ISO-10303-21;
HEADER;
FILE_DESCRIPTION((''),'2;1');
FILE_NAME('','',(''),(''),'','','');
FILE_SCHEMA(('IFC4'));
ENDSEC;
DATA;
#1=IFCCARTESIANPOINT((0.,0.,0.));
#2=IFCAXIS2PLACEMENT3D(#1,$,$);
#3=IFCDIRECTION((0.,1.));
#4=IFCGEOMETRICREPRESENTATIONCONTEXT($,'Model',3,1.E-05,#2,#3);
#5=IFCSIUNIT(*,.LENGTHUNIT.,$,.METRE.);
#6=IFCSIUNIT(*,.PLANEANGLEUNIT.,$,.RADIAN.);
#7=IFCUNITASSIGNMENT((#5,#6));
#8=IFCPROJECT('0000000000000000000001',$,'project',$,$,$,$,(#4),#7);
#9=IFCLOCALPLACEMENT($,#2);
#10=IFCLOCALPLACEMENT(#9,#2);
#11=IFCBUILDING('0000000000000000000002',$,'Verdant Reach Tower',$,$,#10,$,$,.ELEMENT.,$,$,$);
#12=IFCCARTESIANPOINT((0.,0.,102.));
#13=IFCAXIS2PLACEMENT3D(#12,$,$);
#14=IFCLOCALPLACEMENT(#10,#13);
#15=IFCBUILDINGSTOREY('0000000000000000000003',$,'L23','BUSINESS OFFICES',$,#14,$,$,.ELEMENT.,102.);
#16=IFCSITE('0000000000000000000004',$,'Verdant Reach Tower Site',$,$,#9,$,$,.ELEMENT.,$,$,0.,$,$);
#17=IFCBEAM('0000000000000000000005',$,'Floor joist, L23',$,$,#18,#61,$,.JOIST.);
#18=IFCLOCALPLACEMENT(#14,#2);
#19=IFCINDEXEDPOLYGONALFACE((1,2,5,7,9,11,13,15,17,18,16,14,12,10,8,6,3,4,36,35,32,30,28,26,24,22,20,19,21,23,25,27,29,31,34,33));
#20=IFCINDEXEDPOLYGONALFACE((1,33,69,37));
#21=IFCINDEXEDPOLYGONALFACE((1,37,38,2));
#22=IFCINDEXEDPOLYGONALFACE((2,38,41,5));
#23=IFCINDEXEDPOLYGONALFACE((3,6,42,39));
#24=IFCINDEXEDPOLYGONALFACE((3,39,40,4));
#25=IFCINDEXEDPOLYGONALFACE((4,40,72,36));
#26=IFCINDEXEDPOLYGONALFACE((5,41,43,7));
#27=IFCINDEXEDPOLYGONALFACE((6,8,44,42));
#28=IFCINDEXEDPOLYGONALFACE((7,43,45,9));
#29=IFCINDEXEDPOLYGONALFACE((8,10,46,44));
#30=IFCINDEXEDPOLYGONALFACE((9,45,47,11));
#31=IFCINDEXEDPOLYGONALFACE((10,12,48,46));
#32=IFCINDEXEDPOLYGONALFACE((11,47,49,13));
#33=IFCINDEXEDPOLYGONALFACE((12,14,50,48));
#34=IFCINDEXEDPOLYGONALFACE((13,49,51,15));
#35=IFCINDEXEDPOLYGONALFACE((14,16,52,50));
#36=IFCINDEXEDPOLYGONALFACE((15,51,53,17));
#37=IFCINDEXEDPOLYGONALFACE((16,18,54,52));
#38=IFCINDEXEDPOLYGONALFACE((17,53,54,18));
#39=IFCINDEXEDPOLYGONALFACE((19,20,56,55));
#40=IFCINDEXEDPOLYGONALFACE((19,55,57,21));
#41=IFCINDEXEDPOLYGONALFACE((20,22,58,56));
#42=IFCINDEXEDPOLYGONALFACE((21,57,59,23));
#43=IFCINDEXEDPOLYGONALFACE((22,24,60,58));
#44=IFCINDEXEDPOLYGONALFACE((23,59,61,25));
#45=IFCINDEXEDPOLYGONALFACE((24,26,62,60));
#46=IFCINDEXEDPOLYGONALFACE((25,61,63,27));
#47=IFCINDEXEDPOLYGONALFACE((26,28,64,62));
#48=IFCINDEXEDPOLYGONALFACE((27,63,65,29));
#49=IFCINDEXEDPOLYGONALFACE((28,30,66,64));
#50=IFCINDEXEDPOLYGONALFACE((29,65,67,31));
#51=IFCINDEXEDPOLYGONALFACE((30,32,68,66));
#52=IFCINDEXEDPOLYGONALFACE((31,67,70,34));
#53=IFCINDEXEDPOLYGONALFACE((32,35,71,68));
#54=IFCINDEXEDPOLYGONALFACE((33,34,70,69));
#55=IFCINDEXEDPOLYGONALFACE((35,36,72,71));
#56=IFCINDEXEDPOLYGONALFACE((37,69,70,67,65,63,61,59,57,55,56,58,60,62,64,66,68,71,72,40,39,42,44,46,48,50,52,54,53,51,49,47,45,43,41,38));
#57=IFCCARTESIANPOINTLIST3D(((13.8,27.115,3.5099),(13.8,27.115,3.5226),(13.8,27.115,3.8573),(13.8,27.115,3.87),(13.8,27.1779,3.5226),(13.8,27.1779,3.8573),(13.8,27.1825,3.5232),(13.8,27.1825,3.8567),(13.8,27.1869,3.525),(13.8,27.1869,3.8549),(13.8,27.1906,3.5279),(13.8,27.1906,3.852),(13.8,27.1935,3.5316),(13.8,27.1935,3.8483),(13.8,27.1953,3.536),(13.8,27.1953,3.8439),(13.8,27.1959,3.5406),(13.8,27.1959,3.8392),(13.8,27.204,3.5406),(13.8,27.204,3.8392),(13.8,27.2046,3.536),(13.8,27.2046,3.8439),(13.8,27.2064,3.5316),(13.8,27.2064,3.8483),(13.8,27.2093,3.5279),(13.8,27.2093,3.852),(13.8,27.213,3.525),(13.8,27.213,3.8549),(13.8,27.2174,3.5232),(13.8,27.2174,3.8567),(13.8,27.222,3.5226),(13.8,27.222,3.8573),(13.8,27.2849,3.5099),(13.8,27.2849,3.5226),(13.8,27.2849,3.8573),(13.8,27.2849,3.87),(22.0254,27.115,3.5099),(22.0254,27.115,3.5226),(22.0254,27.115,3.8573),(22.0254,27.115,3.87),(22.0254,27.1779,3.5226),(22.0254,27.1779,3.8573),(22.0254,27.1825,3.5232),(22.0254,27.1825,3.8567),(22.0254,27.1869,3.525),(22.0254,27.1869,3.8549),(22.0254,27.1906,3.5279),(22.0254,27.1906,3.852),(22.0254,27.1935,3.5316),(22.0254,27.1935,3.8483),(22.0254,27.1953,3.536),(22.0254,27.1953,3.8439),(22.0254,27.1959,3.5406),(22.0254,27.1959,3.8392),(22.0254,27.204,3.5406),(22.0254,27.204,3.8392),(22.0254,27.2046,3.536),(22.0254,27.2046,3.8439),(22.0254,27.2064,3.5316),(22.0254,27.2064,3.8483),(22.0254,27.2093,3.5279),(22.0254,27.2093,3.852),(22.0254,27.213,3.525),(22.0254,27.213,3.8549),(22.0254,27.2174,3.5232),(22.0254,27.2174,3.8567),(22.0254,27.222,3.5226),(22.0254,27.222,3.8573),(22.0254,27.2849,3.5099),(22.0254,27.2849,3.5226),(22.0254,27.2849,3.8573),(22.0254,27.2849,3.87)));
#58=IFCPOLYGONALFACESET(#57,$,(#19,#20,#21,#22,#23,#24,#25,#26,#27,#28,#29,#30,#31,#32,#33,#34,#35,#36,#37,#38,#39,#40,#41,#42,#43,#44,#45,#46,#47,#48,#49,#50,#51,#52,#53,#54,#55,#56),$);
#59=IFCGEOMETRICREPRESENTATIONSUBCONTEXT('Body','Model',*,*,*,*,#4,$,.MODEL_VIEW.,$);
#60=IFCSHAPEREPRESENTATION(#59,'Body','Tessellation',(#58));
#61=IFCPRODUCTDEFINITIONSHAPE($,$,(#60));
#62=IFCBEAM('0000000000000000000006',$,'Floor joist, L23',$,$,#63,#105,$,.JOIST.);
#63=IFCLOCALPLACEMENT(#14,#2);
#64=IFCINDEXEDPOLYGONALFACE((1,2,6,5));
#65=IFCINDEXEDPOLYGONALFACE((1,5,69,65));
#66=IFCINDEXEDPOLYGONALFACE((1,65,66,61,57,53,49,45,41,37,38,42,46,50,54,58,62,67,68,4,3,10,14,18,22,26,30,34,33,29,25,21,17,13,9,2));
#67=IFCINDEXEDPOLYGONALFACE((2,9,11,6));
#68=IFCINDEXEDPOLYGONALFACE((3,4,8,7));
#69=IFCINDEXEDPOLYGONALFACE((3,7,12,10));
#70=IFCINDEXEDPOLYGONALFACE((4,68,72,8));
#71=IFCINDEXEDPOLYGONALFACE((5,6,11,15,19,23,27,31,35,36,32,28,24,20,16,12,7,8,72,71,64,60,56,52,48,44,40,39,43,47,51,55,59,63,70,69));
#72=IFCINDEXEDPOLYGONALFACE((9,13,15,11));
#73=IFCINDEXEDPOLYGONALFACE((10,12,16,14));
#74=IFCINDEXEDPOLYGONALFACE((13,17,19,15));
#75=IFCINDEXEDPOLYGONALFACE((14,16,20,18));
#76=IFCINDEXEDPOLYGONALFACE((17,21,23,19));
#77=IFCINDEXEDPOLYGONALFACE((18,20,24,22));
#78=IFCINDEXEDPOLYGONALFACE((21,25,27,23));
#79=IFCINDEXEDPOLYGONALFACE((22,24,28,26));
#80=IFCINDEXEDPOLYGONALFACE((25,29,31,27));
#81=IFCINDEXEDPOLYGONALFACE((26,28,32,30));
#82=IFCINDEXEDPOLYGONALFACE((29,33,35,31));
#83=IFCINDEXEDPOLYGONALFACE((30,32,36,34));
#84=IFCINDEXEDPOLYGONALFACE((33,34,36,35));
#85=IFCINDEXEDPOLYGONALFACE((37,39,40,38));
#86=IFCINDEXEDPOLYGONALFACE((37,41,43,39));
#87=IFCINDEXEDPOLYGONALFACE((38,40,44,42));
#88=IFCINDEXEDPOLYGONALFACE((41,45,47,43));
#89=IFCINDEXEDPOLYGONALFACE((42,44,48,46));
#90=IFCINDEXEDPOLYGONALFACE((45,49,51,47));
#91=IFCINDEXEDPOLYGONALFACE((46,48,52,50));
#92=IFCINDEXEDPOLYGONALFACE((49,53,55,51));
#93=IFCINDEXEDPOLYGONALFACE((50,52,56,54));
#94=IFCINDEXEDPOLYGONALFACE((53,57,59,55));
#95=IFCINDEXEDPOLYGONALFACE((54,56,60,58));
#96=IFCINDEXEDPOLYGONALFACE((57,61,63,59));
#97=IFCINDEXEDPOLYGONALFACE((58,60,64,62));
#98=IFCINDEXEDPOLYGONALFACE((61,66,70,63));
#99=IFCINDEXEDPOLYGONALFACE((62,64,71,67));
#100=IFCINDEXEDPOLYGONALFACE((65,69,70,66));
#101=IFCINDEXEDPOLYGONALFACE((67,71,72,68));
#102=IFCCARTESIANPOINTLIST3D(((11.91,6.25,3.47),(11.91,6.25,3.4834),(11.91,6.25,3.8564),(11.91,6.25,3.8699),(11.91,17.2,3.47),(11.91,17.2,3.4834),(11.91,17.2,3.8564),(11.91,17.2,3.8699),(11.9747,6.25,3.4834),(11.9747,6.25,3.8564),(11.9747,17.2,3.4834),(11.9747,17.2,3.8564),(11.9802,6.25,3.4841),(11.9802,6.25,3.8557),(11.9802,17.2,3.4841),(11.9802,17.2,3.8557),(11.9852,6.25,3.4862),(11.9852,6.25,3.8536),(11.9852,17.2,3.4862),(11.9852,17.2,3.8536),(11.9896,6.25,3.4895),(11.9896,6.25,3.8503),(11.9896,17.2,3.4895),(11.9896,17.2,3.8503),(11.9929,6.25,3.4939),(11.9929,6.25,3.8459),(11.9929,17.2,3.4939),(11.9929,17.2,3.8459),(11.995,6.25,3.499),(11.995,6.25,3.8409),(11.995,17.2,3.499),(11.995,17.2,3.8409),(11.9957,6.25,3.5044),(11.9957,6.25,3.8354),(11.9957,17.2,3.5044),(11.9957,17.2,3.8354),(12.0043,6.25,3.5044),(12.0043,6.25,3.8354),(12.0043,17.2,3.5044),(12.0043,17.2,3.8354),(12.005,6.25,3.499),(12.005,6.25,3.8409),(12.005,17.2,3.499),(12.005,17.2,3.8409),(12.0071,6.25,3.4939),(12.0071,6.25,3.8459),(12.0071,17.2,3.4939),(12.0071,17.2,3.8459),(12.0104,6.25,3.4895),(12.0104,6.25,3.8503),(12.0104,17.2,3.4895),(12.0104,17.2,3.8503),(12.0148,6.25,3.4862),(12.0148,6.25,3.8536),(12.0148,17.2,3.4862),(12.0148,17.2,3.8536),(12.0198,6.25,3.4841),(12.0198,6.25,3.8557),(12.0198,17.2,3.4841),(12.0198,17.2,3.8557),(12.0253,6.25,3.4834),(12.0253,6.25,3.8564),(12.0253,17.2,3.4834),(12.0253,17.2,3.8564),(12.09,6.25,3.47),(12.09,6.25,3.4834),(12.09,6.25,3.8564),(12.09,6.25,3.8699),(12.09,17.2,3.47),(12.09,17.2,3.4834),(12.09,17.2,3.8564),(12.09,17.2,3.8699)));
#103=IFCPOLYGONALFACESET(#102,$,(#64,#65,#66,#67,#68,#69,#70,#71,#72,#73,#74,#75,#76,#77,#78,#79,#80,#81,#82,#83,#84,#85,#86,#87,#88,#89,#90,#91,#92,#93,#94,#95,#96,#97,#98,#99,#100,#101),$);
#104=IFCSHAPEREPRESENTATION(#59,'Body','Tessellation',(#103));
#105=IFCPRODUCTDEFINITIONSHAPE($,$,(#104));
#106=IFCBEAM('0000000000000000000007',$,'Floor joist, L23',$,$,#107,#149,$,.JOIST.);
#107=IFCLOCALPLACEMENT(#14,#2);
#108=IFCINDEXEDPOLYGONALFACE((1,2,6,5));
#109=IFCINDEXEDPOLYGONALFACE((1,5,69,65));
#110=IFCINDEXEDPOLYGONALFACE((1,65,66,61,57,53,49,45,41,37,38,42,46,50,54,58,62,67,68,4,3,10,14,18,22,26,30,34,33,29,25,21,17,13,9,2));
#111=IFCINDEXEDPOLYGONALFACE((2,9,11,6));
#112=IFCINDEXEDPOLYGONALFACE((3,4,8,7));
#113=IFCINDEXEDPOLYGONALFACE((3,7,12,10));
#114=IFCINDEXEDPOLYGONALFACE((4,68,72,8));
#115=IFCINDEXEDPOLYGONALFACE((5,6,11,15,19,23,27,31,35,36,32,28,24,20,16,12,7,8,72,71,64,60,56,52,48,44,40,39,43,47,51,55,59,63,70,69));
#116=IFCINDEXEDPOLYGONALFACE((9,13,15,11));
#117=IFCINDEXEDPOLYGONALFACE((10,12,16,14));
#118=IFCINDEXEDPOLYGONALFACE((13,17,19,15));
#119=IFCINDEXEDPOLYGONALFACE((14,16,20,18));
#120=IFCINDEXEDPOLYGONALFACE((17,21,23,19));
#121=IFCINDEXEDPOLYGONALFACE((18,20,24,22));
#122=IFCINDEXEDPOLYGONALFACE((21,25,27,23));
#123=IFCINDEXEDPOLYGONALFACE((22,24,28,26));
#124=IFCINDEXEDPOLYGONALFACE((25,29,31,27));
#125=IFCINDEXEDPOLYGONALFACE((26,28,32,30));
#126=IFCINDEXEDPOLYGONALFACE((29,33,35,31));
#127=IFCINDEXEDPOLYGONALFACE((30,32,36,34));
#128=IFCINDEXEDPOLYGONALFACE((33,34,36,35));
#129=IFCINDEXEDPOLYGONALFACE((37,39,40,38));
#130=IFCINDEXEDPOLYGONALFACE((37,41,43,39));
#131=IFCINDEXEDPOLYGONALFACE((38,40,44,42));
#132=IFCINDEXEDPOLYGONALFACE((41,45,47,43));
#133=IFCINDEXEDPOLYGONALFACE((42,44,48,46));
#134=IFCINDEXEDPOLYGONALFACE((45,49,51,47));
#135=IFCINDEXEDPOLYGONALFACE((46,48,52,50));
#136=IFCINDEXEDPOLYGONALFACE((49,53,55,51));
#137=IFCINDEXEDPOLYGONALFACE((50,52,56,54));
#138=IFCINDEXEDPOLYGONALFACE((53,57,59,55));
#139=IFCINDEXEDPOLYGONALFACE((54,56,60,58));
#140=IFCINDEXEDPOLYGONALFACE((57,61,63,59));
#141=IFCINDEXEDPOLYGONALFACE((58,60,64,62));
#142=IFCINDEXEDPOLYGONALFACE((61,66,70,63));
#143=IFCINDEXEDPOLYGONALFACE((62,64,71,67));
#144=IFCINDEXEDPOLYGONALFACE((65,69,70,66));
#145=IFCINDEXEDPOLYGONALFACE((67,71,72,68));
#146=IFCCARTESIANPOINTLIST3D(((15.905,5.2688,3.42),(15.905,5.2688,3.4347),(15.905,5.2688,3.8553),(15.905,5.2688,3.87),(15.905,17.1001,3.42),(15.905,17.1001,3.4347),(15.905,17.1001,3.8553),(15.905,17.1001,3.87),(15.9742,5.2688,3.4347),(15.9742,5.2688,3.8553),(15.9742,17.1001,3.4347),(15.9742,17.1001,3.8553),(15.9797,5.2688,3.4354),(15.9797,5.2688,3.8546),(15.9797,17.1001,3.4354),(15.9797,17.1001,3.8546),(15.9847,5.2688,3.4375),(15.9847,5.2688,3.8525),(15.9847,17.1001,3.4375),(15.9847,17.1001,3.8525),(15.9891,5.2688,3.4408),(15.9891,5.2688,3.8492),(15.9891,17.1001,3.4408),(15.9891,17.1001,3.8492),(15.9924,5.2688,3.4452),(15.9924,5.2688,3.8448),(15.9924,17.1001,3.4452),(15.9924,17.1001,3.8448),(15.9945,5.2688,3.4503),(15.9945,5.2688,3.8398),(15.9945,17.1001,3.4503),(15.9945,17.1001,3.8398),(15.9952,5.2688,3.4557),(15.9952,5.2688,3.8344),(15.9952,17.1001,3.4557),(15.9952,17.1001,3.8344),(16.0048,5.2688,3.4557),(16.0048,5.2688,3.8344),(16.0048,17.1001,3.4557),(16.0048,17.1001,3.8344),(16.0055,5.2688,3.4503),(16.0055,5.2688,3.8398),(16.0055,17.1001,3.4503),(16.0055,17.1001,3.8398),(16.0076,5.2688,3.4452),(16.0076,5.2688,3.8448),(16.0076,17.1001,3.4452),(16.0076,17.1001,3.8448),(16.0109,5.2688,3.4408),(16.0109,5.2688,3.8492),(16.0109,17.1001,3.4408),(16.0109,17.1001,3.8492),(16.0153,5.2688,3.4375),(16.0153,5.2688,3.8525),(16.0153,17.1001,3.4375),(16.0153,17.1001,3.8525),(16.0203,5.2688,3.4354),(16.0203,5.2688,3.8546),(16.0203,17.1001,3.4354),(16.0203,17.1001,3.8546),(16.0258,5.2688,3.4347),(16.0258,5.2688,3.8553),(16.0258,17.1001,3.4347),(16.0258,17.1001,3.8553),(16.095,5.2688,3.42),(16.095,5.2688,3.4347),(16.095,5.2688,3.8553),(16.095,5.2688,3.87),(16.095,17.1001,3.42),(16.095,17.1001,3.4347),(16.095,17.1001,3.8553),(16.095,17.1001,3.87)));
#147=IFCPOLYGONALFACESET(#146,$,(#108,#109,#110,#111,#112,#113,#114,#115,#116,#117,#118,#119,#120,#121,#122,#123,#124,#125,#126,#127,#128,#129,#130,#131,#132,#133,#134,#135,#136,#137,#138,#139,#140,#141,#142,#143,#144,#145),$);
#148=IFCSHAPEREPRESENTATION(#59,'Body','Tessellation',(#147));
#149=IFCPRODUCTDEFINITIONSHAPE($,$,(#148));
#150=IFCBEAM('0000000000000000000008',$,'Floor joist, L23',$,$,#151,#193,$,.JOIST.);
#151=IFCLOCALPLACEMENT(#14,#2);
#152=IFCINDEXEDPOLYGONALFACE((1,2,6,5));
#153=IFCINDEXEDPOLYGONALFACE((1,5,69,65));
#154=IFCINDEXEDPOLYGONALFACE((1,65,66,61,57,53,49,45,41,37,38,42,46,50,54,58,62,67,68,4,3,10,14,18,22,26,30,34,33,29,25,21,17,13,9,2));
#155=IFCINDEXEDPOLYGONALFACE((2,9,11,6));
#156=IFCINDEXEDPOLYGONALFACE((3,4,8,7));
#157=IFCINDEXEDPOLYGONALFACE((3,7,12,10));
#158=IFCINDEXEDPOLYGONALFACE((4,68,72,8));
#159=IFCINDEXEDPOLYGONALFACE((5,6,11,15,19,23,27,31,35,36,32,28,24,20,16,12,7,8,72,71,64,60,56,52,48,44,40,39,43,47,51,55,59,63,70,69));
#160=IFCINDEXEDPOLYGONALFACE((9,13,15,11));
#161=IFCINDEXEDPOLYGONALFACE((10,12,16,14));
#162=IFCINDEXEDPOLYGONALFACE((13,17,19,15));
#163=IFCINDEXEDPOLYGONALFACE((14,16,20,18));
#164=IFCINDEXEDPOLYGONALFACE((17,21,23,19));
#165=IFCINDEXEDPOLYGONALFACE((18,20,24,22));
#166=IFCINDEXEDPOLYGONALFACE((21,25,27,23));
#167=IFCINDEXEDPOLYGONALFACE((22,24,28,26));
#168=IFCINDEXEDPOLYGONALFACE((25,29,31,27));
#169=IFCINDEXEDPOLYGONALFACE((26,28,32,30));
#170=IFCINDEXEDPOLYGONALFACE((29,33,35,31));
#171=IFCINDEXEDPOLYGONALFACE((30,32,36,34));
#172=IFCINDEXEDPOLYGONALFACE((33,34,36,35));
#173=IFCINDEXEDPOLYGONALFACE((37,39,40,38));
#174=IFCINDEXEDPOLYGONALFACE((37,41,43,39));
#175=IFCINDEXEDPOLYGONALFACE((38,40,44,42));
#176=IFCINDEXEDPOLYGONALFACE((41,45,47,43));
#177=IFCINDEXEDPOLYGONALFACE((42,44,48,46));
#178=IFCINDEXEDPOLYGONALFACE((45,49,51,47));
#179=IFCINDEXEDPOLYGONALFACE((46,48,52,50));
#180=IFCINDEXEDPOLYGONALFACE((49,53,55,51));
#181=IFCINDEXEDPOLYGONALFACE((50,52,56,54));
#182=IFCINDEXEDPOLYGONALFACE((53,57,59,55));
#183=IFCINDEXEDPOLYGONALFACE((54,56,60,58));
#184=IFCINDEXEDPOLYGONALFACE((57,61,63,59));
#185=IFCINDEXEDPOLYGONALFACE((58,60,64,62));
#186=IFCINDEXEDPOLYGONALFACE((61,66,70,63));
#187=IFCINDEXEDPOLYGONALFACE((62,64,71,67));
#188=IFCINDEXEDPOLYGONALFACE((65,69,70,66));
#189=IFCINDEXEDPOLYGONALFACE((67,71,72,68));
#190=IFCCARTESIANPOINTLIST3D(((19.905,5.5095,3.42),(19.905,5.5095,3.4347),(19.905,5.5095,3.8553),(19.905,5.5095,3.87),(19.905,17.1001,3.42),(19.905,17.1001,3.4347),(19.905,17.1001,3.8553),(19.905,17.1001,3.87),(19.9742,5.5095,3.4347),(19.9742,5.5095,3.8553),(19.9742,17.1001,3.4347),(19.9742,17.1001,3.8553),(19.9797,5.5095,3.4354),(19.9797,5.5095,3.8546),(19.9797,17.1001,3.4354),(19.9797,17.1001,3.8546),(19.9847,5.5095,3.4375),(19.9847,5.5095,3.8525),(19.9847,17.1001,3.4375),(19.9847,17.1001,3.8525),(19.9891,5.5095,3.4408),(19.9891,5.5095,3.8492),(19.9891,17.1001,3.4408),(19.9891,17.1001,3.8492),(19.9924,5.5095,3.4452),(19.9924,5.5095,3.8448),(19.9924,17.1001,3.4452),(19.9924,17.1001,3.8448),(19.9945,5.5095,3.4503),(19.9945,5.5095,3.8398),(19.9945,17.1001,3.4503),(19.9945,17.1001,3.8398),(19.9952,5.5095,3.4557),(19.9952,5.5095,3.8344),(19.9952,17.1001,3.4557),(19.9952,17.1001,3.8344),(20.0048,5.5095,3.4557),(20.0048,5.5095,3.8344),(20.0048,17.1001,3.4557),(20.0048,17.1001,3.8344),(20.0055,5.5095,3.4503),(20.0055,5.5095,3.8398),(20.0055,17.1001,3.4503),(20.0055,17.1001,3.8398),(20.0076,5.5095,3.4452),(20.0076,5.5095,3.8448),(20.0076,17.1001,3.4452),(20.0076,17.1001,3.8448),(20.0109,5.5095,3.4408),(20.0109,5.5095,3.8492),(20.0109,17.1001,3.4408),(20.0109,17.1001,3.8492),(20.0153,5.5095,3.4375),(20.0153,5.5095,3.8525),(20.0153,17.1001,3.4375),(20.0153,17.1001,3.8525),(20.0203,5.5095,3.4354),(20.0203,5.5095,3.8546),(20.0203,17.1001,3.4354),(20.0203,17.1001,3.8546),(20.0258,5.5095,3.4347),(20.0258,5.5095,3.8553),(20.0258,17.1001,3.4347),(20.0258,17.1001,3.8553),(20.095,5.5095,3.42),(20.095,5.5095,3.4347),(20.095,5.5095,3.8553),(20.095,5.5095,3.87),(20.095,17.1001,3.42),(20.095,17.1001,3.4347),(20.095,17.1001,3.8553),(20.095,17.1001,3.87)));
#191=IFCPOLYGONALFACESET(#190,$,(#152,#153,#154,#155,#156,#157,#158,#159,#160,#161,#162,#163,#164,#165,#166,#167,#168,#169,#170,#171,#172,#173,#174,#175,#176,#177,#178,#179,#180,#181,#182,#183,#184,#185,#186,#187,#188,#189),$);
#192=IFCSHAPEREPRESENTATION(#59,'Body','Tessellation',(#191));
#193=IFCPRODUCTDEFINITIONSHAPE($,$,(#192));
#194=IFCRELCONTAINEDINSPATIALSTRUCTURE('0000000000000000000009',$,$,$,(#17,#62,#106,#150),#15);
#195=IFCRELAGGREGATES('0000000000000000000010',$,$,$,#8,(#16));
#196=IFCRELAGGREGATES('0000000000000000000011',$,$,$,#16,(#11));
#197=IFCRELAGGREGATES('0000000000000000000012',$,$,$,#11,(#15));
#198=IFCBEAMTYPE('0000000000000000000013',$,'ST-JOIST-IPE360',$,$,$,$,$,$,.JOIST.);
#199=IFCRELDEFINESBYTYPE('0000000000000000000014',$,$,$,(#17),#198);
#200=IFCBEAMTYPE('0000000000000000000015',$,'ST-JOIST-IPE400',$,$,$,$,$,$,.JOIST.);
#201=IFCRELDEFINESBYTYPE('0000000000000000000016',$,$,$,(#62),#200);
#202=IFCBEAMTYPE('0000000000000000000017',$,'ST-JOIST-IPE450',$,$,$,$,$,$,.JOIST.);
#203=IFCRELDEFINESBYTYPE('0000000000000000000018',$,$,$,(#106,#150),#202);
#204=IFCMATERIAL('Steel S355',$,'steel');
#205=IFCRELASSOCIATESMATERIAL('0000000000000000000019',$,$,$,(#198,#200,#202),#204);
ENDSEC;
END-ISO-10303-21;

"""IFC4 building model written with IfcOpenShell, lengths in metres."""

from ifc_helpers import new_model, si_unit, direction, frame, origin, origin_2d, place, context, subcontext, project, spatial, i_section, extrude, material, material_profile, profile_set, type_object, element, save


model = new_model("IFC4")

# Units and contexts
model_context = context("Model", 3, precision=1e-05, world=origin(), true_north=direction((0.0, 1.0)))
body_context = subcontext(model_context, "Body", "Model", "MODEL_VIEW")
ifc_project = project(units=[si_unit("LENGTHUNIT", "METRE"), si_unit("PLANEANGLEUNIT", "RADIAN")], contexts=[model_context])

# Site, building, storey
site_placement = place(None, origin())
site = spatial("IfcSite", under=ifc_project, at=site_placement, Name="Verdant Reach Tower Site", CompositionType="ELEMENT", RefElevation=0.0)
building_placement = place(site_placement, origin())
building = spatial("IfcBuilding", under=site, at=building_placement, Name="Verdant Reach Tower", CompositionType="ELEMENT")
storey_placement = place(building_placement, frame((0.0, 0.0, 102.0)))
storey = spatial("IfcBuildingStorey", under=building, at=storey_placement, Name="L23", Description="BUSINESS OFFICES", CompositionType="ELEMENT", Elevation=102.0)

# Beams
ifc_material_1 = material(Name="Steel S355", Category="steel")
ifc_material_profile_1 = material_profile(ifc_material_1, i_section(OverallWidth=0.1699, OverallDepth=0.3601, WebThickness=0.0081, FlangeThickness=0.0127, FilletRadius=0.0181, at=origin_2d()), Name="IPE 360")
ifc_profile_set_1 = profile_set([ifc_material_profile_1], Name="Steel S355")
beam_type_1 = type_object("IfcBeamType", Name="ST-JOIST-IPE360", PredefinedType="JOIST", material=ifc_profile_set_1)
beam_1_placement = place(storey_placement, frame((13.8, 27.2, 3.6899), z_axis=(1.0, 0.0, 0.0), x_axis=(0.0, 1.0, 0.0)))
element("IfcBeam", 1, at=beam_1_placement, inside=storey, type_object=beam_type_1, Name="Floor joist, L23", PredefinedType="JOIST", context=body_context, shape_type="SweptSolid", body=[
    extrude(i_section(OverallWidth=0.1699, OverallDepth=0.3601, WebThickness=0.0081, FlangeThickness=0.0127, FilletRadius=0.0181, at=origin_2d()), origin(), (0.0, 0.0, 1.0), 8.2253),
])
ifc_material_profile_2 = material_profile(ifc_material_1, i_section(OverallWidth=0.1799, OverallDepth=0.3999, WebThickness=0.0085, FlangeThickness=0.0134, FilletRadius=0.021, at=origin_2d()), Name="IPE 400")
ifc_profile_set_2 = profile_set([ifc_material_profile_2], Name="Steel S355")
beam_type_2 = type_object("IfcBeamType", Name="ST-JOIST-IPE400", PredefinedType="JOIST", material=ifc_profile_set_2)
beam_2_placement = place(storey_placement, frame((12.0, 17.2, 3.6699), z_axis=(0.0, -1.0, 0.0), x_axis=(1.0, 0.0, 0.0)))
element("IfcBeam", 2, at=beam_2_placement, inside=storey, type_object=beam_type_2, Name="Floor joist, L23", PredefinedType="JOIST", context=body_context, shape_type="SweptSolid", body=[
    extrude(i_section(OverallWidth=0.1799, OverallDepth=0.3999, WebThickness=0.0085, FlangeThickness=0.0134, FilletRadius=0.021, at=origin_2d()), origin(), (0.0, 0.0, 1.0), 10.95),
])
ifc_material_profile_3 = material_profile(ifc_material_1, i_section(OverallWidth=0.1899, OverallDepth=0.45, WebThickness=0.0095, FlangeThickness=0.0146, FilletRadius=0.021, at=origin_2d()), Name="IPE 450")
ifc_profile_set_3 = profile_set([ifc_material_profile_3], Name="Steel S355")
beam_type_3 = type_object("IfcBeamType", Name="ST-JOIST-IPE450", PredefinedType="JOIST", material=ifc_profile_set_3)
beam_3_placement = place(storey_placement, frame((16.0, 17.1001, 3.645), z_axis=(0.0, -1.0, 0.0), x_axis=(1.0, 0.0, 0.0)))
element("IfcBeam", 3, at=beam_3_placement, inside=storey, type_object=beam_type_3, Name="Floor joist, L23", PredefinedType="JOIST", context=body_context, shape_type="SweptSolid", body=[
    extrude(i_section(OverallWidth=0.1899, OverallDepth=0.45, WebThickness=0.0095, FlangeThickness=0.0146, FilletRadius=0.021, at=origin_2d()), origin(), (0.0, 0.0, 1.0), 11.8313),
])
beam_4_placement = place(storey_placement, frame((20.0, 17.1001, 3.645), z_axis=(0.0, -1.0, 0.0), x_axis=(1.0, 0.0, 0.0)))
element("IfcBeam", 4, at=beam_4_placement, inside=storey, type_object=beam_type_3, Name="Floor joist, L23", PredefinedType="JOIST", context=body_context, shape_type="SweptSolid", body=[
    extrude(i_section(OverallWidth=0.1899, OverallDepth=0.45, WebThickness=0.0095, FlangeThickness=0.0146, FilletRadius=0.021, at=origin_2d()), origin(), (0.0, 0.0, 1.0), 11.5906),
])

save(model, "model.ifc")
